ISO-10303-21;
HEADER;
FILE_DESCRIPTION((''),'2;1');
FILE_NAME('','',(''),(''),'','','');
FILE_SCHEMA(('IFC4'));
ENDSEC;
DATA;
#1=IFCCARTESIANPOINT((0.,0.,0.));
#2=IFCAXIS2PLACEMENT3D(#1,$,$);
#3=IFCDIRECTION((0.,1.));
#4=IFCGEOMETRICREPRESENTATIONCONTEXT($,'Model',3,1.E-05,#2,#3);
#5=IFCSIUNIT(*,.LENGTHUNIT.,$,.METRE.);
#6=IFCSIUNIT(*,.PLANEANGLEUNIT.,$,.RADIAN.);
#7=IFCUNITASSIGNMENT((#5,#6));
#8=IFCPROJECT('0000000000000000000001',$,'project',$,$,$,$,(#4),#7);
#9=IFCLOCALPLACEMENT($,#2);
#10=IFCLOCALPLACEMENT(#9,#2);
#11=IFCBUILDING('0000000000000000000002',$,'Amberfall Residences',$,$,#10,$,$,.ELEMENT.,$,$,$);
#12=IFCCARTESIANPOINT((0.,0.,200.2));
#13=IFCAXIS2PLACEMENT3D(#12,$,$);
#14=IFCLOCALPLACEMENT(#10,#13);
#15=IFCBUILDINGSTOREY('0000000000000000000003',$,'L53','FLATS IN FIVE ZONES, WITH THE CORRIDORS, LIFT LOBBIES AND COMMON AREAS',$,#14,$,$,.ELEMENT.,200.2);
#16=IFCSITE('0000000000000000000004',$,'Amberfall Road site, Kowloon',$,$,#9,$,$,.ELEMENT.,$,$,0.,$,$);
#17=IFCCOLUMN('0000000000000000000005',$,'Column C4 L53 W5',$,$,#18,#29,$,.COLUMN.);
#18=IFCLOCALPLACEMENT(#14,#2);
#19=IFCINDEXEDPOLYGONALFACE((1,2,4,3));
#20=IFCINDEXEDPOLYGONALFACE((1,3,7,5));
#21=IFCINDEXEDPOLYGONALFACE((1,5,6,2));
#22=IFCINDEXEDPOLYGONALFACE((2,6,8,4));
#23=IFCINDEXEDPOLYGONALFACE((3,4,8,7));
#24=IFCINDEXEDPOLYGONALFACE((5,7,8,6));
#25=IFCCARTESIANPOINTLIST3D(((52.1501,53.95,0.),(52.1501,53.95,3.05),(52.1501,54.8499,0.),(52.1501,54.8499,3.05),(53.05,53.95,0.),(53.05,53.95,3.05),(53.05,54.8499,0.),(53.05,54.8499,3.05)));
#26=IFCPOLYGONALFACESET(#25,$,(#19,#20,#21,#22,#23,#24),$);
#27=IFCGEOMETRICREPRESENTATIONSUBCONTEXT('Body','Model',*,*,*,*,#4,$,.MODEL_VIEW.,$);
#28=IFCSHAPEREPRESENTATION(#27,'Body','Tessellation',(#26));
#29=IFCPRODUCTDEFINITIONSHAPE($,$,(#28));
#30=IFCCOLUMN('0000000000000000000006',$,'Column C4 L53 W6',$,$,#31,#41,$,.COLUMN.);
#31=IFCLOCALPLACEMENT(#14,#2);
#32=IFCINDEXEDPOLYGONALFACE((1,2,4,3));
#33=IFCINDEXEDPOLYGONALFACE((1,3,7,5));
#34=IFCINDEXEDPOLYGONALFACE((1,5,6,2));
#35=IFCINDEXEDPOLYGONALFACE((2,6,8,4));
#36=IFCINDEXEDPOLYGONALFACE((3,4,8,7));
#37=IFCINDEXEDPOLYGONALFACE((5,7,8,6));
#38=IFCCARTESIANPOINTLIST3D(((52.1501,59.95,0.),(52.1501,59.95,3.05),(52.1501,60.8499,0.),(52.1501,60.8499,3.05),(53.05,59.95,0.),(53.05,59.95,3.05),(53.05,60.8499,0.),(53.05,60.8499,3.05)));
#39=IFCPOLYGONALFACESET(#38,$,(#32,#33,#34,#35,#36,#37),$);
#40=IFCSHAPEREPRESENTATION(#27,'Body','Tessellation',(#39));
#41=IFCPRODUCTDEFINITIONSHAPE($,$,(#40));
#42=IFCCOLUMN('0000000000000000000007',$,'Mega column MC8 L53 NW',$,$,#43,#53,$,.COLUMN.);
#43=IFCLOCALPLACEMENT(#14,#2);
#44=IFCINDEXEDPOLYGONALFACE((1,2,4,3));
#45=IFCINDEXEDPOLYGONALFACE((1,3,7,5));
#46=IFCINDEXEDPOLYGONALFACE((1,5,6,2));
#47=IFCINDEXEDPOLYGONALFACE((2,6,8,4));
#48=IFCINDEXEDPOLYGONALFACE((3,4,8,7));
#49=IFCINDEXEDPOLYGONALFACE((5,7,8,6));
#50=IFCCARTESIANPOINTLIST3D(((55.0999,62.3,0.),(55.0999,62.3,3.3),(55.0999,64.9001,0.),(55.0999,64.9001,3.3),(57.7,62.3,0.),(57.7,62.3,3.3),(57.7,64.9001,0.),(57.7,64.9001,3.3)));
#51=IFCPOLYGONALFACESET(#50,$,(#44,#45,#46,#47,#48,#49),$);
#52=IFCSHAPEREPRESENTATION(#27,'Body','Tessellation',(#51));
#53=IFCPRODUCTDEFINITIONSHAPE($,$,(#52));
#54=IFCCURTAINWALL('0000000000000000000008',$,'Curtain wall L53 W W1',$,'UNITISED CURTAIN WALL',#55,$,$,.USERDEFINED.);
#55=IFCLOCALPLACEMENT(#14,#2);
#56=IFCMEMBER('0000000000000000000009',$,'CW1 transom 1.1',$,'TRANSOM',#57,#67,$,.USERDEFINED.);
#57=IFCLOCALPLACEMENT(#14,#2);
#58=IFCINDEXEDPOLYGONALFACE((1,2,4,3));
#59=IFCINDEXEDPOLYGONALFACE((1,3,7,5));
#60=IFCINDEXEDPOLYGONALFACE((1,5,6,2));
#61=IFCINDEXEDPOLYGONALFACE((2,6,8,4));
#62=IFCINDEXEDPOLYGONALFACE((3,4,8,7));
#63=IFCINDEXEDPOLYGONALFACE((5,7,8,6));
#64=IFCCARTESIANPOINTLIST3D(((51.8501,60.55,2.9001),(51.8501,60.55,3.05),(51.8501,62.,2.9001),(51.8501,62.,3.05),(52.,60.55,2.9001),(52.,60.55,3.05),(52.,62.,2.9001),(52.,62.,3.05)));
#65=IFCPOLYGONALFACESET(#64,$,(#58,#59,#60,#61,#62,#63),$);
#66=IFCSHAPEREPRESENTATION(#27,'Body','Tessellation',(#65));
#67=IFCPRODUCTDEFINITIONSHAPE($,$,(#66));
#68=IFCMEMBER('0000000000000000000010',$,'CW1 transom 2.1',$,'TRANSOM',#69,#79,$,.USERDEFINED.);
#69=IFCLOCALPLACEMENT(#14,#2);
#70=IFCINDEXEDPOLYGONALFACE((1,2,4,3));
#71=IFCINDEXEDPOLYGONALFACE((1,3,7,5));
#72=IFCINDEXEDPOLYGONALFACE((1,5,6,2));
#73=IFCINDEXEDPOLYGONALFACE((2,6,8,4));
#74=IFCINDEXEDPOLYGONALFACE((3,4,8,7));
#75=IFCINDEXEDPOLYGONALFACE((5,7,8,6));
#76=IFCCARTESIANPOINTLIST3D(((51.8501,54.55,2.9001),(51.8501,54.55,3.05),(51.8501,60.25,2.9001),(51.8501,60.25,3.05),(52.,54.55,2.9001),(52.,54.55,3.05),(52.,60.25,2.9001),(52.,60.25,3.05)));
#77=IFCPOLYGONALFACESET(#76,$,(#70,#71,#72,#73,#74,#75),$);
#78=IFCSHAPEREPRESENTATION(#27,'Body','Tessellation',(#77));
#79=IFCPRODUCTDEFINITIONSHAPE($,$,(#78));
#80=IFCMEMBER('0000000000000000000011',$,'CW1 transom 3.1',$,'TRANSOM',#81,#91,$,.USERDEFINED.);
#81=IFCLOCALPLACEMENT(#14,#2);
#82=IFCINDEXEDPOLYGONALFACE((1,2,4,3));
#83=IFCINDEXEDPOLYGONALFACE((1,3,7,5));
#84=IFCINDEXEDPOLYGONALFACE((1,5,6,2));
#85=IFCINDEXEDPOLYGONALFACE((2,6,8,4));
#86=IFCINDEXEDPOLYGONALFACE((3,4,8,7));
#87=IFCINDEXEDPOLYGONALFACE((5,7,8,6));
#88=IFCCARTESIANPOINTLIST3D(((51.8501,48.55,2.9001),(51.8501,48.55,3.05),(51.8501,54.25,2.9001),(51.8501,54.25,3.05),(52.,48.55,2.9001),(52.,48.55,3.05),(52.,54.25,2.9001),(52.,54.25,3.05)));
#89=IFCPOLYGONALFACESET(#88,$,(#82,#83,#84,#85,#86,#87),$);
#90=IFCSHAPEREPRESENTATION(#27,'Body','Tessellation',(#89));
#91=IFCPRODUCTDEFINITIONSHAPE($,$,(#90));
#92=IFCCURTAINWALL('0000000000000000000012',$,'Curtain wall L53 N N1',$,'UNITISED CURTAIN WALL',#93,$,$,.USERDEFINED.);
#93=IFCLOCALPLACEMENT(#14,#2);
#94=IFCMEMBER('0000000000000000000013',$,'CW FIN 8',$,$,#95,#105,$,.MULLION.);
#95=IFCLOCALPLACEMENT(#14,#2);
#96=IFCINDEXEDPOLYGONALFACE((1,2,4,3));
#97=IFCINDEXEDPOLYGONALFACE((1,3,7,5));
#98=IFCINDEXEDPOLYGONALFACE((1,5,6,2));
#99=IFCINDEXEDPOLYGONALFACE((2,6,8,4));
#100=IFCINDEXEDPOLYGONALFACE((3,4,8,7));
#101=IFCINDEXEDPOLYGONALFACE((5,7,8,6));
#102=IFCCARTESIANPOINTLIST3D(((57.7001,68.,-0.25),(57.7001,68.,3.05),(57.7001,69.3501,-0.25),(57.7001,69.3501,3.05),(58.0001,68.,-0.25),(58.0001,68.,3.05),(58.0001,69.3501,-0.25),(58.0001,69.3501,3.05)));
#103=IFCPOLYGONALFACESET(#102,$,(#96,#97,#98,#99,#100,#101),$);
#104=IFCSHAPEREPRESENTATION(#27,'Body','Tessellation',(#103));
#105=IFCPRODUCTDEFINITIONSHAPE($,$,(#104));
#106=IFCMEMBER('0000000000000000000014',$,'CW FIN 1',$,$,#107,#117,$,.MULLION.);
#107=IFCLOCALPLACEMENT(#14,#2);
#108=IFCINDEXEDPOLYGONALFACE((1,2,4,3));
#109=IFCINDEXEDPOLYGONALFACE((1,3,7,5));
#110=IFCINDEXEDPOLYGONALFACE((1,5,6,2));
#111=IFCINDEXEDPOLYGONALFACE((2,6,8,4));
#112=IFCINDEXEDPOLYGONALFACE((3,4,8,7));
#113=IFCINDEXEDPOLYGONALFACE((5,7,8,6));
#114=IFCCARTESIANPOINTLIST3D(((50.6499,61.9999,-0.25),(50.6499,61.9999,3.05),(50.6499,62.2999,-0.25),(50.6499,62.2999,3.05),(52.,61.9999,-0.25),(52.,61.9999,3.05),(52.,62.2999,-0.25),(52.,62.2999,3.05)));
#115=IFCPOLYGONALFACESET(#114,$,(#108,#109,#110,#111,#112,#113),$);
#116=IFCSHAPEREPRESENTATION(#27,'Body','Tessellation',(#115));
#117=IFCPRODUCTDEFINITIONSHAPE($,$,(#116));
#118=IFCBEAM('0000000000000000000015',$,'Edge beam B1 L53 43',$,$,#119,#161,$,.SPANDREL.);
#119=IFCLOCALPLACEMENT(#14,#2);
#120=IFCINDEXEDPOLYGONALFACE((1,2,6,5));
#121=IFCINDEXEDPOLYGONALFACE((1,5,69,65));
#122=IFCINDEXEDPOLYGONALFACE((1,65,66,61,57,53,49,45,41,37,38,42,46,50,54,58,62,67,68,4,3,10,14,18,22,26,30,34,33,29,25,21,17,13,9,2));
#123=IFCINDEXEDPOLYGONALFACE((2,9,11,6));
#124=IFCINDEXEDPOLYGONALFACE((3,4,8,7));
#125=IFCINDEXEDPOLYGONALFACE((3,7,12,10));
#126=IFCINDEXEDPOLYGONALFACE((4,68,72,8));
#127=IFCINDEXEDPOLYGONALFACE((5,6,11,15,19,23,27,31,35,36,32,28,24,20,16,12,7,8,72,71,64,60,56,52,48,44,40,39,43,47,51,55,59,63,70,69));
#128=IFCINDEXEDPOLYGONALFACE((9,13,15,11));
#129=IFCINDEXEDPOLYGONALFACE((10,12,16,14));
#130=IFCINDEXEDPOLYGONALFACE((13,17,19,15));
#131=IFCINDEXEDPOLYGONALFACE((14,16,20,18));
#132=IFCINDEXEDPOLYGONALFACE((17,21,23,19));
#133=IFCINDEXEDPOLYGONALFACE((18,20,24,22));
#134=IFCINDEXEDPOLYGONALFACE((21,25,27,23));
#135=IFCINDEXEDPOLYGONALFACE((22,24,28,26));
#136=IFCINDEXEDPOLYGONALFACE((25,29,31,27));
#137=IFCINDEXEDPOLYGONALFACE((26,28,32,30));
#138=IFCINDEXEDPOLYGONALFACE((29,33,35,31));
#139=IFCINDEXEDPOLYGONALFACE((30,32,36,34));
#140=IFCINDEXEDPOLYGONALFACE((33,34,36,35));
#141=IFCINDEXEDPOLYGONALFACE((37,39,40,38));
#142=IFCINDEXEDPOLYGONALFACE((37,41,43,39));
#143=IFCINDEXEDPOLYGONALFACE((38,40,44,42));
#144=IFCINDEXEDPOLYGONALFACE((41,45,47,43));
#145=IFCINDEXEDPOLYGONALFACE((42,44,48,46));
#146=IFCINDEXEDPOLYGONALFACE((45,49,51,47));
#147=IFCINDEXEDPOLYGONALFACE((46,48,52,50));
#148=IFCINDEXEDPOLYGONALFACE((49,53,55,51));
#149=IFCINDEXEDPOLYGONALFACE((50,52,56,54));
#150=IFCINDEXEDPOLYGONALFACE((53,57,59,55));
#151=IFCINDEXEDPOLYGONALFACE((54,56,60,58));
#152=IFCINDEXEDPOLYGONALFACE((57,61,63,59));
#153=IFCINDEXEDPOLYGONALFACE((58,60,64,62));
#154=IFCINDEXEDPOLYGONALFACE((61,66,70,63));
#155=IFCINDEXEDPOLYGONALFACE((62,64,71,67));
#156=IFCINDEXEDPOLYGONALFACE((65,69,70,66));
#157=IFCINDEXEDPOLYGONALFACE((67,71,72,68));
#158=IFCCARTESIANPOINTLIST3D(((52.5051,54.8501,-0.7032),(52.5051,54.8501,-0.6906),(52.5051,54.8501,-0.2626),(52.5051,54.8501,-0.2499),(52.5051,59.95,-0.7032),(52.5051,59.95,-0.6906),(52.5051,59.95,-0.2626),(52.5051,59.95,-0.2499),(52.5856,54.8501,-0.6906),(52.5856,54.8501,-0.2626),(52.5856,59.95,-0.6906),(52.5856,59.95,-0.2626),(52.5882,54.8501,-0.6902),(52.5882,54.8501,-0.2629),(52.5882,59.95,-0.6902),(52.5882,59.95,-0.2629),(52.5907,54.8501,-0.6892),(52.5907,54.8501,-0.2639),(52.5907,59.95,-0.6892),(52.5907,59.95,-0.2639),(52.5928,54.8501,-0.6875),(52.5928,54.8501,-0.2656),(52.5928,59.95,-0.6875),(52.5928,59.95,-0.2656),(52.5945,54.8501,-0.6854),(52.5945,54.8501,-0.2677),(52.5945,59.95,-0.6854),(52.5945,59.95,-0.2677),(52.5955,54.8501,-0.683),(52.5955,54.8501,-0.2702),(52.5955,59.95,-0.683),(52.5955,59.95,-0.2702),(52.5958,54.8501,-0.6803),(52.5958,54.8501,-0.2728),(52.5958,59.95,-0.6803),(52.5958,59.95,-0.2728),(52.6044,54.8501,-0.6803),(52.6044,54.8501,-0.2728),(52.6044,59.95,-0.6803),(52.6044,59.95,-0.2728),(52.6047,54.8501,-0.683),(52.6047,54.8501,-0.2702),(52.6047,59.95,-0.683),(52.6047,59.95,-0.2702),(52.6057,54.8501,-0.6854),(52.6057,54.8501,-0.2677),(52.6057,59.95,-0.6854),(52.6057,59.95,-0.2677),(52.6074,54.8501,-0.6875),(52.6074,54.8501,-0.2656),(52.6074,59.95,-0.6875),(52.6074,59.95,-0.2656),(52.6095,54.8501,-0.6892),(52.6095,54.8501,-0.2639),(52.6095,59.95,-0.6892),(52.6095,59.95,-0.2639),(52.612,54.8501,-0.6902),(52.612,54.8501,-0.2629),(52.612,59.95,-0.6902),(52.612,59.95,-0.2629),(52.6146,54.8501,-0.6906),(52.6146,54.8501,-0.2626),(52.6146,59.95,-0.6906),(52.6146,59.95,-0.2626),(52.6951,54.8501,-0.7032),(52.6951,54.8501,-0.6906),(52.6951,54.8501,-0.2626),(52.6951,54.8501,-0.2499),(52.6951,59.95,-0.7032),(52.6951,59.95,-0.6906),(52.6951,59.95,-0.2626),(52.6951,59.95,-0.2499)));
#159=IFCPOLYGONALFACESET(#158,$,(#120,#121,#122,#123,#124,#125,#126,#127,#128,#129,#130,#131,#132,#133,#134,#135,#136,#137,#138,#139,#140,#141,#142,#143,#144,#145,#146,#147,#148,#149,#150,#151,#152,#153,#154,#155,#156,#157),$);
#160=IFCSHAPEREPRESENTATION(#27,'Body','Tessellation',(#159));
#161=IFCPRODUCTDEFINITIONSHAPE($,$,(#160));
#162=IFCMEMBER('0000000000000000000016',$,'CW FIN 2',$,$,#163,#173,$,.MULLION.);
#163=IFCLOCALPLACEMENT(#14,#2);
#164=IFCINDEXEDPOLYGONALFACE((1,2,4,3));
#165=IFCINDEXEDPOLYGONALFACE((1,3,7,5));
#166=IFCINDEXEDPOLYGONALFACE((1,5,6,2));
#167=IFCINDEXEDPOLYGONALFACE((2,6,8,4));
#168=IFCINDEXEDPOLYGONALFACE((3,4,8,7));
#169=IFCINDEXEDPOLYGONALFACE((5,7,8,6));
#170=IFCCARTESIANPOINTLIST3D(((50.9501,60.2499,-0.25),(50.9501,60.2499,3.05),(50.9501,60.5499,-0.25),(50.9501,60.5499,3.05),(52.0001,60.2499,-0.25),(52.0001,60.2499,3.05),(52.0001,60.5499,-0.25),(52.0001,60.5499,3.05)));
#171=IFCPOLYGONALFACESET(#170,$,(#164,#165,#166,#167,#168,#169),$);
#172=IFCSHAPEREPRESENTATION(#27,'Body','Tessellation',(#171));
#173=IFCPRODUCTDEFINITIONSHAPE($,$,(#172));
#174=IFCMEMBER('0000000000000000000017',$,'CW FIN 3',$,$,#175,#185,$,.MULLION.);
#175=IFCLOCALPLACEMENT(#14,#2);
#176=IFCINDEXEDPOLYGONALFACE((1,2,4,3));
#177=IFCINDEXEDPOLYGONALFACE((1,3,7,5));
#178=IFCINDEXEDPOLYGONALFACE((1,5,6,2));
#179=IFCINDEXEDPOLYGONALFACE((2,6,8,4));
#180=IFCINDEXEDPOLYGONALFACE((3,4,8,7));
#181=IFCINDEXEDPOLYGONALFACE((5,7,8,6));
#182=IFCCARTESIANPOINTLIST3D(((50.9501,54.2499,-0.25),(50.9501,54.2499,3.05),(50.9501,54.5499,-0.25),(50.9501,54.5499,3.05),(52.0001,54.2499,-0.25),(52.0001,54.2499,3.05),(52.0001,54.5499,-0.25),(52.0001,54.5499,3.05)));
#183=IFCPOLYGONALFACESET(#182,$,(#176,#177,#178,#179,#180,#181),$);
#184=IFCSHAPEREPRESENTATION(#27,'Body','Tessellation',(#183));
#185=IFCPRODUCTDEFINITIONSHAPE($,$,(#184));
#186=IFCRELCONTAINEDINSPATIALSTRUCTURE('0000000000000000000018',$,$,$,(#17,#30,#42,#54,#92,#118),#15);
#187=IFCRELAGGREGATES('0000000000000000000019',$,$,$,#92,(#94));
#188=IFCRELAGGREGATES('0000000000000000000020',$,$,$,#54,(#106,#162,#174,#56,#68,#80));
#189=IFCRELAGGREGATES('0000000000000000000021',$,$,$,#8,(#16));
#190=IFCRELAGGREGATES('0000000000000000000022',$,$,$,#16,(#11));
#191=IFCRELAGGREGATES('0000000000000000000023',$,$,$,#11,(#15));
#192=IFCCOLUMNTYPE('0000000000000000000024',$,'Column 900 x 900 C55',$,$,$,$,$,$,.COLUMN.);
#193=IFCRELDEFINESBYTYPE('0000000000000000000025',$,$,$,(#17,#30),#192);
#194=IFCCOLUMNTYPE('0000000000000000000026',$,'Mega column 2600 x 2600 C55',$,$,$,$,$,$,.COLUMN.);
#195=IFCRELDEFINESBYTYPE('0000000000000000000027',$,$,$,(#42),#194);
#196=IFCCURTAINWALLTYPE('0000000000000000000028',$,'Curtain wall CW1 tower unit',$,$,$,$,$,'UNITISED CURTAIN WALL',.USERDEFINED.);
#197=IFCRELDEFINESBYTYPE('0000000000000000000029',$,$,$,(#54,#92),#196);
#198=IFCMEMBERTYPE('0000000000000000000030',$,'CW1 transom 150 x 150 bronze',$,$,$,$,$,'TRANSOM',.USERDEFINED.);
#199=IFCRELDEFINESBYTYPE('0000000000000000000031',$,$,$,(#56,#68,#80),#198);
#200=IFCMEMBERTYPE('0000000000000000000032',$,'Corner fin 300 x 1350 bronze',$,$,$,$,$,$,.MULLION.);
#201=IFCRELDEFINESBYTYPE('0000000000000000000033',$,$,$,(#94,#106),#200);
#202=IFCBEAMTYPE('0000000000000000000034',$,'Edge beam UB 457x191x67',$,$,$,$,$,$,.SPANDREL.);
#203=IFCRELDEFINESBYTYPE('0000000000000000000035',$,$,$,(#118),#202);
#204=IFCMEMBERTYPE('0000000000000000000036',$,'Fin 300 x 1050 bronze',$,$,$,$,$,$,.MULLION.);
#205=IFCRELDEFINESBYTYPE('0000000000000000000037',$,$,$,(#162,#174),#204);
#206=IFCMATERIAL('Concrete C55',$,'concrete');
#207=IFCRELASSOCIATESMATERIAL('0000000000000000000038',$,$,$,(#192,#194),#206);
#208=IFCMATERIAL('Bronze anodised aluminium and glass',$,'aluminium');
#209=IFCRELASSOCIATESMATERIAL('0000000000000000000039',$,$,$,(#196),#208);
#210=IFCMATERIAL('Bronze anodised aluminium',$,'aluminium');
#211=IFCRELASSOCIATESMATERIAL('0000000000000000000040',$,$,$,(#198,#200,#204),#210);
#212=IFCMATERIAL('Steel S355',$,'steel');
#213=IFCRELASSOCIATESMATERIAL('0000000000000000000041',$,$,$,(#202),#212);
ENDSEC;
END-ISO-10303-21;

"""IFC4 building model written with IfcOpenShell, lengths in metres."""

from ifc_helpers import new_model, si_unit, direction, frame, origin, origin_2d, place, context, subcontext, project, spatial, rectangle, i_section, extrude, material, material_profile, profile_set, type_object, element, aggregate, save


model = new_model("IFC4")

# Units and contexts
model_context = context("Model", 3, precision=1e-05, world=origin(), true_north=direction((0.0, 1.0)))
body_context = subcontext(model_context, "Body", "Model", "MODEL_VIEW")
ifc_project = project(units=[si_unit("LENGTHUNIT", "METRE"), si_unit("PLANEANGLEUNIT", "RADIAN")], contexts=[model_context])

# Site, building, storey
site_placement = place(None, origin())
site = spatial("IfcSite", under=ifc_project, at=site_placement, Name="Amberfall Road site, Kowloon", CompositionType="ELEMENT", RefElevation=0.0)
building_placement = place(site_placement, origin())
building = spatial("IfcBuilding", under=site, at=building_placement, Name="Amberfall Residences", CompositionType="ELEMENT")
storey_placement = place(building_placement, frame((0.0, 0.0, 200.2)))
storey = spatial("IfcBuildingStorey", under=building, at=storey_placement, Name="L53", Description="FLATS IN FIVE ZONES, WITH THE CORRIDORS, LIFT LOBBIES AND COMMON AREAS", CompositionType="ELEMENT", Elevation=200.2)

# Columns
ifc_material_1 = material(Name="Concrete C55", Category="concrete")
ifc_material_profile_1 = material_profile(ifc_material_1, rectangle(XDim=0.8999, YDim=0.8999, at=origin_2d()), Name="Column 900 x 900 C55")
ifc_profile_set_1 = profile_set([ifc_material_profile_1], Name="Concrete C55")
column_type_1 = type_object("IfcColumnType", Name="Column 900 x 900 C55", PredefinedType="COLUMN", material=ifc_profile_set_1)
for number, where, z_axis, x_axis, name in (
    (1, (52.6001, 54.3999, 0.0), (0.0, 0.0, 1.0), (1.0, 0.0, 0.0), "Column C4 L53 W5"),
    (2, (52.6001, 60.3999, 0.0), (0.0, 0.0, 1.0), (1.0, 0.0, 0.0), "Column C4 L53 W6"),
):
    element("IfcColumn", number, at=place(storey_placement, frame(where, z_axis=z_axis, x_axis=x_axis)), inside=storey, type_object=column_type_1, Name=name, PredefinedType="COLUMN", context=body_context, shape_type="SweptSolid", body=[
        extrude(rectangle(XDim=0.8999, YDim=0.8999, at=origin_2d()), origin(), (0.0, 0.0, 1.0), 3.05),
    ])
ifc_material_profile_2 = material_profile(ifc_material_1, rectangle(XDim=2.6001, YDim=2.6001, at=origin_2d()), Name="Mega column 2600 x 2600 C55")
ifc_profile_set_2 = profile_set([ifc_material_profile_2], Name="Concrete C55")
column_type_2 = type_object("IfcColumnType", Name="Mega column 2600 x 2600 C55", PredefinedType="COLUMN", material=ifc_profile_set_2)
column_placement = place(storey_placement, frame((56.3999, 63.6001, 0.0), z_axis=(0.0, 0.0, 1.0), x_axis=(1.0, 0.0, 0.0)))
element("IfcColumn", 3, at=column_placement, inside=storey, type_object=column_type_2, Name="Mega column MC8 L53 NW", PredefinedType="COLUMN", context=body_context, shape_type="SweptSolid", body=[
    extrude(rectangle(XDim=2.6001, YDim=2.6001, at=origin_2d()), origin(), (0.0, 0.0, 1.0), 3.3),
])

# Curtain wall, members
ifc_material_2 = material(Name="Bronze anodised aluminium and glass", Category="aluminium")
curtain_wall_type = type_object("IfcCurtainWallType", Name="Curtain wall CW1 tower unit", ElementType="UNITISED CURTAIN WALL", PredefinedType="USERDEFINED", material=ifc_material_2)
curtain_wall_1_placement = place(storey_placement, origin())
curtain_wall_1 = element("IfcCurtainWall", 4, at=curtain_wall_1_placement, inside=storey, type_object=curtain_wall_type, Name="Curtain wall L53 W W1", ObjectType="UNITISED CURTAIN WALL", PredefinedType="USERDEFINED")
ifc_material_3 = material(Name="Bronze anodised aluminium", Category="aluminium")
ifc_material_profile_3 = material_profile(ifc_material_3, rectangle(XDim=0.1499, YDim=0.1499, at=origin_2d()), Name="CW1 transom 150 x 150 bronze")
ifc_profile_set_3 = profile_set([ifc_material_profile_3], Name="Bronze anodised aluminium")
member_type_1 = type_object("IfcMemberType", Name="CW1 transom 150 x 150 bronze", ElementType="TRANSOM", PredefinedType="USERDEFINED", material=ifc_profile_set_3)
member_1_placement = place(storey_placement, frame((51.925, 62.0, 2.9751), z_axis=(0.0, -1.0, 0.0), x_axis=(1.0, 0.0, 0.0)))
member_1 = element("IfcMember", 5, at=member_1_placement, type_object=member_type_1, Name="CW1 transom 1.1", ObjectType="TRANSOM", PredefinedType="USERDEFINED", context=body_context, shape_type="SweptSolid", body=[
    extrude(rectangle(XDim=0.1499, YDim=0.1499, at=origin_2d()), origin(), (0.0, 0.0, 1.0), 1.45),
])
member_2_placement = place(storey_placement, frame((51.925, 60.25, 2.9751), z_axis=(0.0, -1.0, 0.0), x_axis=(1.0, 0.0, 0.0)))
member_2 = element("IfcMember", 6, at=member_2_placement, type_object=member_type_1, Name="CW1 transom 2.1", ObjectType="TRANSOM", PredefinedType="USERDEFINED", context=body_context, shape_type="SweptSolid", body=[
    extrude(rectangle(XDim=0.1499, YDim=0.1499, at=origin_2d()), origin(), (0.0, 0.0, 1.0), 5.7),
])
member_3_placement = place(storey_placement, frame((51.925, 54.25, 2.9751), z_axis=(0.0, -1.0, 0.0), x_axis=(1.0, 0.0, 0.0)))
member_3 = element("IfcMember", 7, at=member_3_placement, type_object=member_type_1, Name="CW1 transom 3.1", ObjectType="TRANSOM", PredefinedType="USERDEFINED", context=body_context, shape_type="SweptSolid", body=[
    extrude(rectangle(XDim=0.1499, YDim=0.1499, at=origin_2d()), origin(), (0.0, 0.0, 1.0), 5.7),
])

# Curtain wall, member
curtain_wall_2_placement = place(storey_placement, origin())
curtain_wall_2 = element("IfcCurtainWall", 8, at=curtain_wall_2_placement, inside=storey, type_object=curtain_wall_type, Name="Curtain wall L53 N N1", ObjectType="UNITISED CURTAIN WALL", PredefinedType="USERDEFINED")
ifc_material_profile_4 = material_profile(ifc_material_3, rectangle(XDim=1.3501, YDim=0.3, at=origin_2d()), Name="Corner fin 300 x 1350 bronze")
ifc_profile_set_4 = profile_set([ifc_material_profile_4], Name="Bronze anodised aluminium")
member_type_2 = type_object("IfcMemberType", Name="Corner fin 300 x 1350 bronze", PredefinedType="MULLION", material=ifc_profile_set_4)
member_4_placement = place(storey_placement, frame((57.8501, 68.675, -0.25), z_axis=(0.0, 0.0, 1.0), x_axis=(0.0, -1.0, 0.0)))
member_4 = element("IfcMember", 9, at=member_4_placement, type_object=member_type_2, Name="CW FIN 8", PredefinedType="MULLION", context=body_context, shape_type="SweptSolid", body=[
    extrude(rectangle(XDim=1.3501, YDim=0.3, at=origin_2d()), origin(), (0.0, 0.0, 1.0), 3.3),
])
aggregate(curtain_wall_2, [member_4])

# Member
member_5_placement = place(storey_placement, frame((51.325, 62.1499, -0.25), z_axis=(0.0, 0.0, 1.0), x_axis=(1.0, 0.0, 0.0)))
member_5 = element("IfcMember", 10, at=member_5_placement, type_object=member_type_2, Name="CW FIN 1", PredefinedType="MULLION", context=body_context, shape_type="SweptSolid", body=[
    extrude(rectangle(XDim=1.3501, YDim=0.3, at=origin_2d()), origin(), (0.0, 0.0, 1.0), 3.3),
])

# Beam
ifc_material_4 = material(Name="Steel S355", Category="steel")
ifc_material_profile_5 = material_profile(ifc_material_4, i_section(OverallWidth=0.1899, OverallDepth=0.4534, WebThickness=0.0085, FlangeThickness=0.0127, FilletRadius=0.0103, at=origin_2d()), Name="UB 457x191x67")
ifc_profile_set_5 = profile_set([ifc_material_profile_5], Name="Steel S355")
beam_type_1 = type_object("IfcBeamType", Name="Edge beam UB 457x191x67", PredefinedType="SPANDREL", material=ifc_profile_set_5)
beam_1_placement = place(storey_placement, frame((52.6001, 54.8501, -0.4766), z_axis=(0.0, 1.0, 0.0), x_axis=(-1.0, 0.0, 0.0)))
element("IfcBeam", 11, at=beam_1_placement, inside=storey, type_object=beam_type_1, Name="Edge beam B1 L53 43", PredefinedType="SPANDREL", context=body_context, shape_type="SweptSolid", body=[
    extrude(i_section(OverallWidth=0.1899, OverallDepth=0.4534, WebThickness=0.0085, FlangeThickness=0.0127, FilletRadius=0.0103, at=origin_2d()), origin(), (0.0, 0.0, 1.0), 5.0999),
])

# Members
ifc_material_profile_6 = material_profile(ifc_material_3, rectangle(XDim=1.05, YDim=0.3, at=origin_2d()), Name="Fin 300 x 1050 bronze")
ifc_profile_set_6 = profile_set([ifc_material_profile_6], Name="Bronze anodised aluminium")
member_type_3 = type_object("IfcMemberType", Name="Fin 300 x 1050 bronze", PredefinedType="MULLION", material=ifc_profile_set_6)
member_6_placement = place(storey_placement, frame((51.4751, 60.3999, -0.25), z_axis=(0.0, 0.0, 1.0), x_axis=(1.0, 0.0, 0.0)))
member_6 = element("IfcMember", 12, at=member_6_placement, type_object=member_type_3, Name="CW FIN 2", PredefinedType="MULLION", context=body_context, shape_type="SweptSolid", body=[
    extrude(rectangle(XDim=1.05, YDim=0.3, at=origin_2d()), origin(), (0.0, 0.0, 1.0), 3.3),
])
member_7_placement = place(storey_placement, frame((51.4751, 54.3999, -0.25), z_axis=(0.0, 0.0, 1.0), x_axis=(1.0, 0.0, 0.0)))
member_7 = element("IfcMember", 13, at=member_7_placement, type_object=member_type_3, Name="CW FIN 3", PredefinedType="MULLION", context=body_context, shape_type="SweptSolid", body=[
    extrude(rectangle(XDim=1.05, YDim=0.3, at=origin_2d()), origin(), (0.0, 0.0, 1.0), 3.3),
])

aggregate(curtain_wall_1, [member_5, member_6, member_7, member_1, member_2, member_3])

save(model, "model.ifc")
